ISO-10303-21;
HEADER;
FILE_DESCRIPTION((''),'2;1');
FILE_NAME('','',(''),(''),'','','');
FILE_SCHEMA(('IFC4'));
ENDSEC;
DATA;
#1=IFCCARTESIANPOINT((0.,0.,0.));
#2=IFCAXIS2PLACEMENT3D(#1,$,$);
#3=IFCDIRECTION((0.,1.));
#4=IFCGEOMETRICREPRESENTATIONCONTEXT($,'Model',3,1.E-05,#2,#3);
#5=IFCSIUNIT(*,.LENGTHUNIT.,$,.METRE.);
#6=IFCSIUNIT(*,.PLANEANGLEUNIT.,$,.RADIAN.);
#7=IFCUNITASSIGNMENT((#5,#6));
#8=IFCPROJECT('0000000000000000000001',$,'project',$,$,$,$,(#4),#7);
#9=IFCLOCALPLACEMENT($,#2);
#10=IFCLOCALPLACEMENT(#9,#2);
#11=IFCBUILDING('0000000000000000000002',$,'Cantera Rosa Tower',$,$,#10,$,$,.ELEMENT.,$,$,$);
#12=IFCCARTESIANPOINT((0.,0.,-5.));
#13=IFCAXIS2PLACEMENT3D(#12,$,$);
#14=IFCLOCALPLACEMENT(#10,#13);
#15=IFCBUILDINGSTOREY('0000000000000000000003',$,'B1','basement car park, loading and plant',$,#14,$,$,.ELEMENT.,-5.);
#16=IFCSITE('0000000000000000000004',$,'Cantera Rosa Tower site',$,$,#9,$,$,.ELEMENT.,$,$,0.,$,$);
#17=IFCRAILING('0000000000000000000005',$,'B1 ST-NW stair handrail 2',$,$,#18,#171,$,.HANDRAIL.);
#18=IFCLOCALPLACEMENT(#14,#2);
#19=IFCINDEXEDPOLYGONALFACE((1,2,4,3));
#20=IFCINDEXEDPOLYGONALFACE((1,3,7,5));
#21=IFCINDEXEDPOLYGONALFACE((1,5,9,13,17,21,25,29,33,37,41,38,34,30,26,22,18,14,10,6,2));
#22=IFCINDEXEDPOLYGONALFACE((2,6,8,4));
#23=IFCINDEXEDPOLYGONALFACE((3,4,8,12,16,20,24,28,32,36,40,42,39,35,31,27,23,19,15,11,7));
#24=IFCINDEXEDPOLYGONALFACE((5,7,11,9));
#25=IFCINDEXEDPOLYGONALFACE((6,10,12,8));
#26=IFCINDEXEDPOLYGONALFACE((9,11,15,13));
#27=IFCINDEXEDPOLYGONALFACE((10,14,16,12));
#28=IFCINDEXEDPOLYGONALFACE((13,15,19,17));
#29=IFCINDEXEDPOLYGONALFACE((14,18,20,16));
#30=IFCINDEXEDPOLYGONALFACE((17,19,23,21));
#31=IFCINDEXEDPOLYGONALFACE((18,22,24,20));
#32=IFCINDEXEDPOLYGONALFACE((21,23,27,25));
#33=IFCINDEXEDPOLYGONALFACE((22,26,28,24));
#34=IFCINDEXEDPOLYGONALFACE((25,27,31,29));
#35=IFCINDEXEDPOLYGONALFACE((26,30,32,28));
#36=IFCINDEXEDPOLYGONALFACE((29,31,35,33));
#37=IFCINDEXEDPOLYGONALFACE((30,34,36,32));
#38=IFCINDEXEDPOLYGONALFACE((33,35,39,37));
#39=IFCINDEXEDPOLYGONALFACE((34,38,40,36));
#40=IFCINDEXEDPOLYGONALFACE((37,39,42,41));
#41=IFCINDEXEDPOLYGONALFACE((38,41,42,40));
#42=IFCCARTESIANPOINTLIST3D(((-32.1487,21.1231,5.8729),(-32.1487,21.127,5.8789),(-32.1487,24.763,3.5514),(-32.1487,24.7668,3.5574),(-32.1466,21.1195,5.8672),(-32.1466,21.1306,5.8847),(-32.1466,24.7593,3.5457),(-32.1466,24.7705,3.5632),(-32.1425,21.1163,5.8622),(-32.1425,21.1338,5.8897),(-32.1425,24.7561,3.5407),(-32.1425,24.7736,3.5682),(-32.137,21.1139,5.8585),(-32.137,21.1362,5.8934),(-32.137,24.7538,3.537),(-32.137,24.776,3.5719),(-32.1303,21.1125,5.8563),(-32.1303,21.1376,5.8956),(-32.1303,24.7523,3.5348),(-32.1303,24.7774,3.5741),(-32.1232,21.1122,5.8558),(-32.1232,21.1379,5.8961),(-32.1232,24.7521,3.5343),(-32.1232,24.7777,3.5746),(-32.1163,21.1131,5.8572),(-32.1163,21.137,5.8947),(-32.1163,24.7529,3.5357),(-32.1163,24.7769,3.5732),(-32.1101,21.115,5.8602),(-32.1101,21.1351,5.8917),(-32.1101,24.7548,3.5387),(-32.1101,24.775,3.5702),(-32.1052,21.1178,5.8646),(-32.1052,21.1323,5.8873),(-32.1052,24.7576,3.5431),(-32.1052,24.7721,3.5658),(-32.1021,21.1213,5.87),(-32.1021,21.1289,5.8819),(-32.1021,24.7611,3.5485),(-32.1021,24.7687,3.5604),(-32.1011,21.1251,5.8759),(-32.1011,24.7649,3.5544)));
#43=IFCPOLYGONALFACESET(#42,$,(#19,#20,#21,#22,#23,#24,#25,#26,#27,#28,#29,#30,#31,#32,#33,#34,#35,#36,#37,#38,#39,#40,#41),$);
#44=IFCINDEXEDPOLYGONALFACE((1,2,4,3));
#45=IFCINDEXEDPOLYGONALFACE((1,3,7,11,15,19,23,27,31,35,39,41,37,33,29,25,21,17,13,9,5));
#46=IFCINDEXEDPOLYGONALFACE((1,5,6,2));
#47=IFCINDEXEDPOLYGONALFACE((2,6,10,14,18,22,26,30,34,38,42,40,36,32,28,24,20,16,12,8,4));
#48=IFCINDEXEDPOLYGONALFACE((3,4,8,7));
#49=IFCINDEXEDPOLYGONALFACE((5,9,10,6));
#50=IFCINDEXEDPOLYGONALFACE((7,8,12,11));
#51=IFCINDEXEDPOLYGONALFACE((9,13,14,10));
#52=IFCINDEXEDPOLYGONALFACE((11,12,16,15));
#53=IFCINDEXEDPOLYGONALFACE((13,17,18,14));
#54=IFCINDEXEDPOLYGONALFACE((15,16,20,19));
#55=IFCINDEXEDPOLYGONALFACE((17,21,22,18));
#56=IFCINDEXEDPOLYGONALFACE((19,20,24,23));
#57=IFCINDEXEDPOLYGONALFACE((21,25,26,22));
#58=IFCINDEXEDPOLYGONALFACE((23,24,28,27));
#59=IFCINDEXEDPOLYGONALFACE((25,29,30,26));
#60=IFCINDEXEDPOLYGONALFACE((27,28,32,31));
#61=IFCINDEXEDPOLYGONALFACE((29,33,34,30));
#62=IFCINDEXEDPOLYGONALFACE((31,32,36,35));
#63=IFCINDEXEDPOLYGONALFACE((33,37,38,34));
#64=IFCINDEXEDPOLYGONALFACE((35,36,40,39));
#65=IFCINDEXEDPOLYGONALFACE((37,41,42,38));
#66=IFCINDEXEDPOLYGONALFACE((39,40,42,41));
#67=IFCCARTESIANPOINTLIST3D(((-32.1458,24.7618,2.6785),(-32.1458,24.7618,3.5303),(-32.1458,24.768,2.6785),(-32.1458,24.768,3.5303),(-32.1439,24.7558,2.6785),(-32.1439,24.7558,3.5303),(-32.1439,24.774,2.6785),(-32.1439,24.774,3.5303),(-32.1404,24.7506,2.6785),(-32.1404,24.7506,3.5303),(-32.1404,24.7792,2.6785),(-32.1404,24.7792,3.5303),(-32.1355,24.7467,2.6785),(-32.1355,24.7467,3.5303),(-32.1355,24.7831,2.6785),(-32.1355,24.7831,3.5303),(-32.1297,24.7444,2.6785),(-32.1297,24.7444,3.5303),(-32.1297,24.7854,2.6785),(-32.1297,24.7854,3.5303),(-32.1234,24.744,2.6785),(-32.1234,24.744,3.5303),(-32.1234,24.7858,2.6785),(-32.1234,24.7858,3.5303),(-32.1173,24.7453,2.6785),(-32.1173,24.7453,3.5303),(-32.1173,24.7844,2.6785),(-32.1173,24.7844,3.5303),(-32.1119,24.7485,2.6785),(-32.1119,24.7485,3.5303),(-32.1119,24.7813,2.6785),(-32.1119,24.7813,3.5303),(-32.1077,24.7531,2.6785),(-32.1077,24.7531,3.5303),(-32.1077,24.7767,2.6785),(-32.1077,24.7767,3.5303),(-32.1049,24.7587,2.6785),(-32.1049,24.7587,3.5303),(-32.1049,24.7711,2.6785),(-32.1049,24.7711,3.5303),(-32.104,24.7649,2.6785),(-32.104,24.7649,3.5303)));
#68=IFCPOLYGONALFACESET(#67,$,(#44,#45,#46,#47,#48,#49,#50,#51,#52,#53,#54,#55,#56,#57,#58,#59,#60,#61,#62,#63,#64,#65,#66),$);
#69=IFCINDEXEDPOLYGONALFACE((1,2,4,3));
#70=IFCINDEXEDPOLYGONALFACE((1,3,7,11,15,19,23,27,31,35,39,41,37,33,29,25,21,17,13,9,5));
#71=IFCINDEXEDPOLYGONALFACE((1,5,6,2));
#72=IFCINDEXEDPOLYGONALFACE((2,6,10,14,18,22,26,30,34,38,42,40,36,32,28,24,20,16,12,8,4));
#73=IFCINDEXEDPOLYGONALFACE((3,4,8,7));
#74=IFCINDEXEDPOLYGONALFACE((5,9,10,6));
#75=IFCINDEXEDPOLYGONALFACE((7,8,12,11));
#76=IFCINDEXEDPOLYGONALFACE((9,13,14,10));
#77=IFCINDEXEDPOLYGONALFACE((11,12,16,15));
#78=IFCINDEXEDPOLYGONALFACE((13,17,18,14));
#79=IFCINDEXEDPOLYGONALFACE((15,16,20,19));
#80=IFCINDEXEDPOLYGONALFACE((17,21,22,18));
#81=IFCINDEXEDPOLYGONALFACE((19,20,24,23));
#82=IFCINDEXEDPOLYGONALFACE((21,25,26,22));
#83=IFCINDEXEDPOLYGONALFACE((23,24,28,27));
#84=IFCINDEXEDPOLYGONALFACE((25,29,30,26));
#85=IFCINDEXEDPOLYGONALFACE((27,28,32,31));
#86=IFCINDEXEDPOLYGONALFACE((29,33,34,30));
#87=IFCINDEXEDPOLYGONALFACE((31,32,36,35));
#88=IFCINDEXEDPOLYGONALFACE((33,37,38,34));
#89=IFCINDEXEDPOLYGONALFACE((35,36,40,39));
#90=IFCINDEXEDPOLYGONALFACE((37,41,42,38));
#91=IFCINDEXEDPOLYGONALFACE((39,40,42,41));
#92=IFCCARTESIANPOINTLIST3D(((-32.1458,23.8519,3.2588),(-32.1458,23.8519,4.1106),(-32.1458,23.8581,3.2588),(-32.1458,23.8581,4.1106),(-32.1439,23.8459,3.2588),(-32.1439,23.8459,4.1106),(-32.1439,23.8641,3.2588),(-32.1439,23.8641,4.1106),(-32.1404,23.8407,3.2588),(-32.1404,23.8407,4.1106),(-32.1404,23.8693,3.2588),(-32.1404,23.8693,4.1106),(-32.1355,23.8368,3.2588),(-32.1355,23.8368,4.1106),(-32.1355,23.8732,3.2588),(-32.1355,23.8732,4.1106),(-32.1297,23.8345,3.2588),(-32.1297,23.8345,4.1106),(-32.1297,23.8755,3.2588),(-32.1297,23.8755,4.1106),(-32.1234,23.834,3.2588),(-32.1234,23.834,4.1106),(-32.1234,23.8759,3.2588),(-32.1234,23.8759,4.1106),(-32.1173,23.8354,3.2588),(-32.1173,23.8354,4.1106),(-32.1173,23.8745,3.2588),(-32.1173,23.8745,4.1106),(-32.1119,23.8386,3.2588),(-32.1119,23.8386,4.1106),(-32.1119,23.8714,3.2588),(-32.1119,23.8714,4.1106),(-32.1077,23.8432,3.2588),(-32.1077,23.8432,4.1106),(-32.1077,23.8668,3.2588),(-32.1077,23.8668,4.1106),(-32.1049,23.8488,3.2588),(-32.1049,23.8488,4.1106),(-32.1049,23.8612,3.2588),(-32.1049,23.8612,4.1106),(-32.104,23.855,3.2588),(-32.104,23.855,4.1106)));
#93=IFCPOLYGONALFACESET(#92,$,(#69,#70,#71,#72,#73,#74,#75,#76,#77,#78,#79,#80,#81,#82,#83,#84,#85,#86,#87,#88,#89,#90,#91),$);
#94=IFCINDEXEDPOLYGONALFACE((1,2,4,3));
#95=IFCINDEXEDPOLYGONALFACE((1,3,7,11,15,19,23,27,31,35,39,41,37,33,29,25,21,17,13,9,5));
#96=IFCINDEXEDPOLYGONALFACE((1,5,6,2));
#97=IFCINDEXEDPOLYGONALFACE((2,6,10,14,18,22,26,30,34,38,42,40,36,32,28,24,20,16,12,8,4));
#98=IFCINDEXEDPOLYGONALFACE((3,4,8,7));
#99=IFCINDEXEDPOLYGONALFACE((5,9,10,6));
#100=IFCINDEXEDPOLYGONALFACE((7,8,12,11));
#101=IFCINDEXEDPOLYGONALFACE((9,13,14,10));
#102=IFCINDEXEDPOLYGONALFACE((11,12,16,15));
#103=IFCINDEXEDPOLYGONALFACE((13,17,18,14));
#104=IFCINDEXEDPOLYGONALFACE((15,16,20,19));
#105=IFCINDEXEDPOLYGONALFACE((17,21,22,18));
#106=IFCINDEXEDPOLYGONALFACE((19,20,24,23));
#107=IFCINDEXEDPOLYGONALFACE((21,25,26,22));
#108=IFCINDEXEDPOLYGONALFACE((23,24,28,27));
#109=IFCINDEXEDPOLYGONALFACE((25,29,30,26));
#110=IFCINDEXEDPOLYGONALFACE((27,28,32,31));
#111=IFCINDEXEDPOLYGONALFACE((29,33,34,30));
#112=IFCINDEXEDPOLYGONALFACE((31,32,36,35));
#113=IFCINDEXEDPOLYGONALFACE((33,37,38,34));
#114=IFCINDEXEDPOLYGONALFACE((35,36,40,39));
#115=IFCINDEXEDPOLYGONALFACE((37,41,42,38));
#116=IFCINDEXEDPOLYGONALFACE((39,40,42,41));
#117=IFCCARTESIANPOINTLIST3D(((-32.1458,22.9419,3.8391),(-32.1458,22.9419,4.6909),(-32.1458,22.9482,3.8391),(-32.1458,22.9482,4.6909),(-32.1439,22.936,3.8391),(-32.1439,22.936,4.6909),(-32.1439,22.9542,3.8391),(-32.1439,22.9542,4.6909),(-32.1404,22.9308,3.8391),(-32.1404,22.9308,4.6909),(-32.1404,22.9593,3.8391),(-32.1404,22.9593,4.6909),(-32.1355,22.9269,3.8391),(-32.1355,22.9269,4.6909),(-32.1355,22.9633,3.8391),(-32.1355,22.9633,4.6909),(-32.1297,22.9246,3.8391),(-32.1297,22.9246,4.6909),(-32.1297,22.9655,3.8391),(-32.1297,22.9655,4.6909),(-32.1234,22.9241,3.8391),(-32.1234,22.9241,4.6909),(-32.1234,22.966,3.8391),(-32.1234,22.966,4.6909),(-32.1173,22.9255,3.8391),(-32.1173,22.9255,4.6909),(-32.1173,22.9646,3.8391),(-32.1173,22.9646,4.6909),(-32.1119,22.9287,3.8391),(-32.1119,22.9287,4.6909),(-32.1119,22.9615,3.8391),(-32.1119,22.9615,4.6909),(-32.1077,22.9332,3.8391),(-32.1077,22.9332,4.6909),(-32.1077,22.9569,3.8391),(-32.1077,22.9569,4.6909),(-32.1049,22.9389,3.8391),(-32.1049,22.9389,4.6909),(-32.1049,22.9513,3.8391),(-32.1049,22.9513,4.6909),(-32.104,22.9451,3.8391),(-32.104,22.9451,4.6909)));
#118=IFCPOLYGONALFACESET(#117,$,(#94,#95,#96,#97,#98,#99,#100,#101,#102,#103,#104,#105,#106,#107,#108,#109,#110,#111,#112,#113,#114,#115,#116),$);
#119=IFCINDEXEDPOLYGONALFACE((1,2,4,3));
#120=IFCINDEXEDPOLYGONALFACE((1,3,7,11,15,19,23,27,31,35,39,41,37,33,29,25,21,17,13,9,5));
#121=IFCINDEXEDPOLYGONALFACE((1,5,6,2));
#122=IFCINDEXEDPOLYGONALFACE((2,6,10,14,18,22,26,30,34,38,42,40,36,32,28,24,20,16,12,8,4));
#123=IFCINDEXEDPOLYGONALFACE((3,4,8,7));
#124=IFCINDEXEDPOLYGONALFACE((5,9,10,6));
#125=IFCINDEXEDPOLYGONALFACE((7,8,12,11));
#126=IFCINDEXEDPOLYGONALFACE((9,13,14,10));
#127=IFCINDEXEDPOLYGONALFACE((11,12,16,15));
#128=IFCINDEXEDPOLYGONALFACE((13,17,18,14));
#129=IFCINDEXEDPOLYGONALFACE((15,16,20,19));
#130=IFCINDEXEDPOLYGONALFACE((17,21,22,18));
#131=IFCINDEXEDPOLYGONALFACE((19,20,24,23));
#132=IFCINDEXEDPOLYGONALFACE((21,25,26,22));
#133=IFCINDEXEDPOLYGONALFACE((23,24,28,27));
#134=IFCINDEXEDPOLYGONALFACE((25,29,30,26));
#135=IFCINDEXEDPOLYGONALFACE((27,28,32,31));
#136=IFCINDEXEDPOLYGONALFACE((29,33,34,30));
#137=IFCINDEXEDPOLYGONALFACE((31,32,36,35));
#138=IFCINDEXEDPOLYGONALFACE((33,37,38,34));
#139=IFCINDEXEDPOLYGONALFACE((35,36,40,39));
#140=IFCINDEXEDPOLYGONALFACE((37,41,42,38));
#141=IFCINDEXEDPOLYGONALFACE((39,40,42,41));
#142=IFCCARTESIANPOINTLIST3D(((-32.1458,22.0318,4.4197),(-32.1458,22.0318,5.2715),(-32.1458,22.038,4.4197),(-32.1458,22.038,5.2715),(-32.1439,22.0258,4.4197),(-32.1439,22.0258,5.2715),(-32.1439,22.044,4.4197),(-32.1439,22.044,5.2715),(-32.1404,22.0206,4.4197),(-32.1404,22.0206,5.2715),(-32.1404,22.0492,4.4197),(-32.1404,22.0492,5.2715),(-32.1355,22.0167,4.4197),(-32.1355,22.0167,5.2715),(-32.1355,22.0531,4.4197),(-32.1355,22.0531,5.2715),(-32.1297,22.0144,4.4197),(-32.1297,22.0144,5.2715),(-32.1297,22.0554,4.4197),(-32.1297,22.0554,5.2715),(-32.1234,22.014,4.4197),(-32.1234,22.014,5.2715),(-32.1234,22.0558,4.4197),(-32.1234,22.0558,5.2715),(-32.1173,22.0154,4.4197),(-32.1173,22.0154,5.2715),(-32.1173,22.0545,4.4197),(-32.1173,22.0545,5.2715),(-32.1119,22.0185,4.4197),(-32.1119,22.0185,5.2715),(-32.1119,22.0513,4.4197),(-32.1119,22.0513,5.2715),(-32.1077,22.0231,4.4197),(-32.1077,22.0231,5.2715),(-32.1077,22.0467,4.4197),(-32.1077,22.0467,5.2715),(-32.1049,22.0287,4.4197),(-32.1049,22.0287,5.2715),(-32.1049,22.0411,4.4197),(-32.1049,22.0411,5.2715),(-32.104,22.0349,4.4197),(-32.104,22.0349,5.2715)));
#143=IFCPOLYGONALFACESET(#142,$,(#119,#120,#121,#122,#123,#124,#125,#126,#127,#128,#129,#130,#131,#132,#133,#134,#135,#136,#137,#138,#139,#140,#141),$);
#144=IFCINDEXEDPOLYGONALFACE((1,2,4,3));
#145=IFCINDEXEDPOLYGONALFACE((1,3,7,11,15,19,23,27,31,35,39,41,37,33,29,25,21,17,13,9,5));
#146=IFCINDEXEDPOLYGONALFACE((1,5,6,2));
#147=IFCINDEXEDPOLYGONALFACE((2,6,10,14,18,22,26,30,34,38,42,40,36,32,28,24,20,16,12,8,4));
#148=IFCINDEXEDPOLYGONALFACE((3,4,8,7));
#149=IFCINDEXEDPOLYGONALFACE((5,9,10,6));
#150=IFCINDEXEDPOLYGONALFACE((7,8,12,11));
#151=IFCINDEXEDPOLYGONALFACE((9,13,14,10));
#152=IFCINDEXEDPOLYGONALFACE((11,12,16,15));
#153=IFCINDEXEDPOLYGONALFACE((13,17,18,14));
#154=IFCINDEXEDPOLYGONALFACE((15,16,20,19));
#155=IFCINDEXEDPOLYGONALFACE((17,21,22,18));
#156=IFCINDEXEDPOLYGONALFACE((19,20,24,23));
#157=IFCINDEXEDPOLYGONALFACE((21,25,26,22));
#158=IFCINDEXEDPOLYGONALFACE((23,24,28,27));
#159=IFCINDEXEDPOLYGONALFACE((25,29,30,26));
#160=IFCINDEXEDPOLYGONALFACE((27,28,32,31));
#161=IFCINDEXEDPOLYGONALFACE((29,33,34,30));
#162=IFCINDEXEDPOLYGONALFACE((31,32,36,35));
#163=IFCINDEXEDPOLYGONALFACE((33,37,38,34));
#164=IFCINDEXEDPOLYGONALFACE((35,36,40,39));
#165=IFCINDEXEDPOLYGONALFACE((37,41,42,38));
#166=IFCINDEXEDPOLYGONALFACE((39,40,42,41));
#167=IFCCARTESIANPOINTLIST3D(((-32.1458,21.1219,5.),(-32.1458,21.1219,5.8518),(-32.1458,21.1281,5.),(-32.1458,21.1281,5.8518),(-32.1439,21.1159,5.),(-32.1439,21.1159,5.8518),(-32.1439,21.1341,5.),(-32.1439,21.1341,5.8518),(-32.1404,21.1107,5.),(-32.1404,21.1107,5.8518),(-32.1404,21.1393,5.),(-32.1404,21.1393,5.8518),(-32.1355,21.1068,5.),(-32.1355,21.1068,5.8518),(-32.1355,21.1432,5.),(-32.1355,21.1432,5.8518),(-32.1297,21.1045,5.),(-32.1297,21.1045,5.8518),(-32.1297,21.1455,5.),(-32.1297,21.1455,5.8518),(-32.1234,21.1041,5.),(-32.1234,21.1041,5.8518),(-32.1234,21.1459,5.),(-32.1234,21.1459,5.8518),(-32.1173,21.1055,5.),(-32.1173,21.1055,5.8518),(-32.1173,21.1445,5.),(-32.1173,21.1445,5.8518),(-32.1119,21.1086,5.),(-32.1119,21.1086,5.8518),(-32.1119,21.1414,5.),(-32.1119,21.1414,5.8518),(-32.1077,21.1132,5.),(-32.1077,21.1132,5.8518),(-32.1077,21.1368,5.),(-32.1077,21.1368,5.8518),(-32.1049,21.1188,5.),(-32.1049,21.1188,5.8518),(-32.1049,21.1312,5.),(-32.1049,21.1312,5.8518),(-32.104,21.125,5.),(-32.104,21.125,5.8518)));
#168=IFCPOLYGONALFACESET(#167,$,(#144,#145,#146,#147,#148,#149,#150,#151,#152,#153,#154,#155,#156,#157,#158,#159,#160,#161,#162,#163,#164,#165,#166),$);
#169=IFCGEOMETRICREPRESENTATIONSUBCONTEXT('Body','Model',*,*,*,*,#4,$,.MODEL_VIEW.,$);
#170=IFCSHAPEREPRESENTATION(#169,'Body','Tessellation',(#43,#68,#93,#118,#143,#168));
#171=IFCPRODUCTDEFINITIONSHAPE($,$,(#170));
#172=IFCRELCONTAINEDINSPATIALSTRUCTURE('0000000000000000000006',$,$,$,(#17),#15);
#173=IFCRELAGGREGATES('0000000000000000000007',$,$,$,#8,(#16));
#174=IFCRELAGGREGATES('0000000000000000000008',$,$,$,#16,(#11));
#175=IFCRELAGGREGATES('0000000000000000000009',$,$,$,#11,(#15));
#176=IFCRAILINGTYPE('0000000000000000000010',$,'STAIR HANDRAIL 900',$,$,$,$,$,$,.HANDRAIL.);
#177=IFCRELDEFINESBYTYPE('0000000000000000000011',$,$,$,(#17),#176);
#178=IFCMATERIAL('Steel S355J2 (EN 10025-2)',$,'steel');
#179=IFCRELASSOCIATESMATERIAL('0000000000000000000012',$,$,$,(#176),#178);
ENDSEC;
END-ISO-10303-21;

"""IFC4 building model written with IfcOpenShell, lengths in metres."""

from ifc_helpers import new_model, si_unit, direction, frame, origin, origin_2d, place, context, subcontext, project, spatial, circle, extrude, material, type_object, element, save


model = new_model("IFC4")

# Units and contexts
model_context = context("Model", 3, precision=1e-05, world=origin(), true_north=direction((0.0, 1.0)))
body_context = subcontext(model_context, "Body", "Model", "MODEL_VIEW")
ifc_project = project(units=[si_unit("LENGTHUNIT", "METRE"), si_unit("PLANEANGLEUNIT", "RADIAN")], contexts=[model_context])

# Site, building, storey
site_placement = place(None, origin())
site = spatial("IfcSite", under=ifc_project, at=site_placement, Name="Cantera Rosa Tower site", CompositionType="ELEMENT", RefElevation=0.0)
building_placement = place(site_placement, origin())
building = spatial("IfcBuilding", under=site, at=building_placement, Name="Cantera Rosa Tower", CompositionType="ELEMENT")
storey_placement = place(building_placement, frame((0.0, 0.0, -5.0)))
storey = spatial("IfcBuildingStorey", under=building, at=storey_placement, Name="B1", Description="basement car park, loading and plant", CompositionType="ELEMENT", Elevation=-5.0)

# Railing
ifc_material_1 = material(Name="Steel S355J2 (EN 10025-2)", Category="steel")
railing_type_1 = type_object("IfcRailingType", Name="STAIR HANDRAIL 900", PredefinedType="HANDRAIL", material=ifc_material_1)
railing_1_placement = place(storey_placement, frame((-32.125, 24.7649, 2.6785)))
element("IfcRailing", 1, at=railing_1_placement, inside=storey, type_object=railing_type_1, Name="B1 ST-NW stair handrail 2", PredefinedType="HANDRAIL", context=body_context, shape_type="SweptSolid", body=[
    extrude(circle(Radius=0.0239, at=origin_2d()), frame((0.0, 0.0, 0.876), z_axis=(0.0, -0.843112, 0.537739), x_axis=(1.0, 0.0, 0.0)), (0.0, 0.0, 1.0), 4.3171),
    extrude(circle(Radius=0.021, at=origin_2d()), origin(), (0.0, 0.0, 1.0), 0.8518),
    extrude(circle(Radius=0.021, at=origin_2d()), frame((0.0, -0.9099, 0.5803)), (0.0, 0.0, 1.0), 0.8518),
    extrude(circle(Radius=0.021, at=origin_2d()), frame((0.0, -1.8198, 1.1606)), (0.0, 0.0, 1.0), 0.8518),
    extrude(circle(Radius=0.021, at=origin_2d()), frame((0.0, -2.73, 1.7412)), (0.0, 0.0, 1.0), 0.8518),
    extrude(circle(Radius=0.021, at=origin_2d()), frame((0.0, -3.6399, 2.3215)), (0.0, 0.0, 1.0), 0.8518),
])

save(model, "model.ifc")
